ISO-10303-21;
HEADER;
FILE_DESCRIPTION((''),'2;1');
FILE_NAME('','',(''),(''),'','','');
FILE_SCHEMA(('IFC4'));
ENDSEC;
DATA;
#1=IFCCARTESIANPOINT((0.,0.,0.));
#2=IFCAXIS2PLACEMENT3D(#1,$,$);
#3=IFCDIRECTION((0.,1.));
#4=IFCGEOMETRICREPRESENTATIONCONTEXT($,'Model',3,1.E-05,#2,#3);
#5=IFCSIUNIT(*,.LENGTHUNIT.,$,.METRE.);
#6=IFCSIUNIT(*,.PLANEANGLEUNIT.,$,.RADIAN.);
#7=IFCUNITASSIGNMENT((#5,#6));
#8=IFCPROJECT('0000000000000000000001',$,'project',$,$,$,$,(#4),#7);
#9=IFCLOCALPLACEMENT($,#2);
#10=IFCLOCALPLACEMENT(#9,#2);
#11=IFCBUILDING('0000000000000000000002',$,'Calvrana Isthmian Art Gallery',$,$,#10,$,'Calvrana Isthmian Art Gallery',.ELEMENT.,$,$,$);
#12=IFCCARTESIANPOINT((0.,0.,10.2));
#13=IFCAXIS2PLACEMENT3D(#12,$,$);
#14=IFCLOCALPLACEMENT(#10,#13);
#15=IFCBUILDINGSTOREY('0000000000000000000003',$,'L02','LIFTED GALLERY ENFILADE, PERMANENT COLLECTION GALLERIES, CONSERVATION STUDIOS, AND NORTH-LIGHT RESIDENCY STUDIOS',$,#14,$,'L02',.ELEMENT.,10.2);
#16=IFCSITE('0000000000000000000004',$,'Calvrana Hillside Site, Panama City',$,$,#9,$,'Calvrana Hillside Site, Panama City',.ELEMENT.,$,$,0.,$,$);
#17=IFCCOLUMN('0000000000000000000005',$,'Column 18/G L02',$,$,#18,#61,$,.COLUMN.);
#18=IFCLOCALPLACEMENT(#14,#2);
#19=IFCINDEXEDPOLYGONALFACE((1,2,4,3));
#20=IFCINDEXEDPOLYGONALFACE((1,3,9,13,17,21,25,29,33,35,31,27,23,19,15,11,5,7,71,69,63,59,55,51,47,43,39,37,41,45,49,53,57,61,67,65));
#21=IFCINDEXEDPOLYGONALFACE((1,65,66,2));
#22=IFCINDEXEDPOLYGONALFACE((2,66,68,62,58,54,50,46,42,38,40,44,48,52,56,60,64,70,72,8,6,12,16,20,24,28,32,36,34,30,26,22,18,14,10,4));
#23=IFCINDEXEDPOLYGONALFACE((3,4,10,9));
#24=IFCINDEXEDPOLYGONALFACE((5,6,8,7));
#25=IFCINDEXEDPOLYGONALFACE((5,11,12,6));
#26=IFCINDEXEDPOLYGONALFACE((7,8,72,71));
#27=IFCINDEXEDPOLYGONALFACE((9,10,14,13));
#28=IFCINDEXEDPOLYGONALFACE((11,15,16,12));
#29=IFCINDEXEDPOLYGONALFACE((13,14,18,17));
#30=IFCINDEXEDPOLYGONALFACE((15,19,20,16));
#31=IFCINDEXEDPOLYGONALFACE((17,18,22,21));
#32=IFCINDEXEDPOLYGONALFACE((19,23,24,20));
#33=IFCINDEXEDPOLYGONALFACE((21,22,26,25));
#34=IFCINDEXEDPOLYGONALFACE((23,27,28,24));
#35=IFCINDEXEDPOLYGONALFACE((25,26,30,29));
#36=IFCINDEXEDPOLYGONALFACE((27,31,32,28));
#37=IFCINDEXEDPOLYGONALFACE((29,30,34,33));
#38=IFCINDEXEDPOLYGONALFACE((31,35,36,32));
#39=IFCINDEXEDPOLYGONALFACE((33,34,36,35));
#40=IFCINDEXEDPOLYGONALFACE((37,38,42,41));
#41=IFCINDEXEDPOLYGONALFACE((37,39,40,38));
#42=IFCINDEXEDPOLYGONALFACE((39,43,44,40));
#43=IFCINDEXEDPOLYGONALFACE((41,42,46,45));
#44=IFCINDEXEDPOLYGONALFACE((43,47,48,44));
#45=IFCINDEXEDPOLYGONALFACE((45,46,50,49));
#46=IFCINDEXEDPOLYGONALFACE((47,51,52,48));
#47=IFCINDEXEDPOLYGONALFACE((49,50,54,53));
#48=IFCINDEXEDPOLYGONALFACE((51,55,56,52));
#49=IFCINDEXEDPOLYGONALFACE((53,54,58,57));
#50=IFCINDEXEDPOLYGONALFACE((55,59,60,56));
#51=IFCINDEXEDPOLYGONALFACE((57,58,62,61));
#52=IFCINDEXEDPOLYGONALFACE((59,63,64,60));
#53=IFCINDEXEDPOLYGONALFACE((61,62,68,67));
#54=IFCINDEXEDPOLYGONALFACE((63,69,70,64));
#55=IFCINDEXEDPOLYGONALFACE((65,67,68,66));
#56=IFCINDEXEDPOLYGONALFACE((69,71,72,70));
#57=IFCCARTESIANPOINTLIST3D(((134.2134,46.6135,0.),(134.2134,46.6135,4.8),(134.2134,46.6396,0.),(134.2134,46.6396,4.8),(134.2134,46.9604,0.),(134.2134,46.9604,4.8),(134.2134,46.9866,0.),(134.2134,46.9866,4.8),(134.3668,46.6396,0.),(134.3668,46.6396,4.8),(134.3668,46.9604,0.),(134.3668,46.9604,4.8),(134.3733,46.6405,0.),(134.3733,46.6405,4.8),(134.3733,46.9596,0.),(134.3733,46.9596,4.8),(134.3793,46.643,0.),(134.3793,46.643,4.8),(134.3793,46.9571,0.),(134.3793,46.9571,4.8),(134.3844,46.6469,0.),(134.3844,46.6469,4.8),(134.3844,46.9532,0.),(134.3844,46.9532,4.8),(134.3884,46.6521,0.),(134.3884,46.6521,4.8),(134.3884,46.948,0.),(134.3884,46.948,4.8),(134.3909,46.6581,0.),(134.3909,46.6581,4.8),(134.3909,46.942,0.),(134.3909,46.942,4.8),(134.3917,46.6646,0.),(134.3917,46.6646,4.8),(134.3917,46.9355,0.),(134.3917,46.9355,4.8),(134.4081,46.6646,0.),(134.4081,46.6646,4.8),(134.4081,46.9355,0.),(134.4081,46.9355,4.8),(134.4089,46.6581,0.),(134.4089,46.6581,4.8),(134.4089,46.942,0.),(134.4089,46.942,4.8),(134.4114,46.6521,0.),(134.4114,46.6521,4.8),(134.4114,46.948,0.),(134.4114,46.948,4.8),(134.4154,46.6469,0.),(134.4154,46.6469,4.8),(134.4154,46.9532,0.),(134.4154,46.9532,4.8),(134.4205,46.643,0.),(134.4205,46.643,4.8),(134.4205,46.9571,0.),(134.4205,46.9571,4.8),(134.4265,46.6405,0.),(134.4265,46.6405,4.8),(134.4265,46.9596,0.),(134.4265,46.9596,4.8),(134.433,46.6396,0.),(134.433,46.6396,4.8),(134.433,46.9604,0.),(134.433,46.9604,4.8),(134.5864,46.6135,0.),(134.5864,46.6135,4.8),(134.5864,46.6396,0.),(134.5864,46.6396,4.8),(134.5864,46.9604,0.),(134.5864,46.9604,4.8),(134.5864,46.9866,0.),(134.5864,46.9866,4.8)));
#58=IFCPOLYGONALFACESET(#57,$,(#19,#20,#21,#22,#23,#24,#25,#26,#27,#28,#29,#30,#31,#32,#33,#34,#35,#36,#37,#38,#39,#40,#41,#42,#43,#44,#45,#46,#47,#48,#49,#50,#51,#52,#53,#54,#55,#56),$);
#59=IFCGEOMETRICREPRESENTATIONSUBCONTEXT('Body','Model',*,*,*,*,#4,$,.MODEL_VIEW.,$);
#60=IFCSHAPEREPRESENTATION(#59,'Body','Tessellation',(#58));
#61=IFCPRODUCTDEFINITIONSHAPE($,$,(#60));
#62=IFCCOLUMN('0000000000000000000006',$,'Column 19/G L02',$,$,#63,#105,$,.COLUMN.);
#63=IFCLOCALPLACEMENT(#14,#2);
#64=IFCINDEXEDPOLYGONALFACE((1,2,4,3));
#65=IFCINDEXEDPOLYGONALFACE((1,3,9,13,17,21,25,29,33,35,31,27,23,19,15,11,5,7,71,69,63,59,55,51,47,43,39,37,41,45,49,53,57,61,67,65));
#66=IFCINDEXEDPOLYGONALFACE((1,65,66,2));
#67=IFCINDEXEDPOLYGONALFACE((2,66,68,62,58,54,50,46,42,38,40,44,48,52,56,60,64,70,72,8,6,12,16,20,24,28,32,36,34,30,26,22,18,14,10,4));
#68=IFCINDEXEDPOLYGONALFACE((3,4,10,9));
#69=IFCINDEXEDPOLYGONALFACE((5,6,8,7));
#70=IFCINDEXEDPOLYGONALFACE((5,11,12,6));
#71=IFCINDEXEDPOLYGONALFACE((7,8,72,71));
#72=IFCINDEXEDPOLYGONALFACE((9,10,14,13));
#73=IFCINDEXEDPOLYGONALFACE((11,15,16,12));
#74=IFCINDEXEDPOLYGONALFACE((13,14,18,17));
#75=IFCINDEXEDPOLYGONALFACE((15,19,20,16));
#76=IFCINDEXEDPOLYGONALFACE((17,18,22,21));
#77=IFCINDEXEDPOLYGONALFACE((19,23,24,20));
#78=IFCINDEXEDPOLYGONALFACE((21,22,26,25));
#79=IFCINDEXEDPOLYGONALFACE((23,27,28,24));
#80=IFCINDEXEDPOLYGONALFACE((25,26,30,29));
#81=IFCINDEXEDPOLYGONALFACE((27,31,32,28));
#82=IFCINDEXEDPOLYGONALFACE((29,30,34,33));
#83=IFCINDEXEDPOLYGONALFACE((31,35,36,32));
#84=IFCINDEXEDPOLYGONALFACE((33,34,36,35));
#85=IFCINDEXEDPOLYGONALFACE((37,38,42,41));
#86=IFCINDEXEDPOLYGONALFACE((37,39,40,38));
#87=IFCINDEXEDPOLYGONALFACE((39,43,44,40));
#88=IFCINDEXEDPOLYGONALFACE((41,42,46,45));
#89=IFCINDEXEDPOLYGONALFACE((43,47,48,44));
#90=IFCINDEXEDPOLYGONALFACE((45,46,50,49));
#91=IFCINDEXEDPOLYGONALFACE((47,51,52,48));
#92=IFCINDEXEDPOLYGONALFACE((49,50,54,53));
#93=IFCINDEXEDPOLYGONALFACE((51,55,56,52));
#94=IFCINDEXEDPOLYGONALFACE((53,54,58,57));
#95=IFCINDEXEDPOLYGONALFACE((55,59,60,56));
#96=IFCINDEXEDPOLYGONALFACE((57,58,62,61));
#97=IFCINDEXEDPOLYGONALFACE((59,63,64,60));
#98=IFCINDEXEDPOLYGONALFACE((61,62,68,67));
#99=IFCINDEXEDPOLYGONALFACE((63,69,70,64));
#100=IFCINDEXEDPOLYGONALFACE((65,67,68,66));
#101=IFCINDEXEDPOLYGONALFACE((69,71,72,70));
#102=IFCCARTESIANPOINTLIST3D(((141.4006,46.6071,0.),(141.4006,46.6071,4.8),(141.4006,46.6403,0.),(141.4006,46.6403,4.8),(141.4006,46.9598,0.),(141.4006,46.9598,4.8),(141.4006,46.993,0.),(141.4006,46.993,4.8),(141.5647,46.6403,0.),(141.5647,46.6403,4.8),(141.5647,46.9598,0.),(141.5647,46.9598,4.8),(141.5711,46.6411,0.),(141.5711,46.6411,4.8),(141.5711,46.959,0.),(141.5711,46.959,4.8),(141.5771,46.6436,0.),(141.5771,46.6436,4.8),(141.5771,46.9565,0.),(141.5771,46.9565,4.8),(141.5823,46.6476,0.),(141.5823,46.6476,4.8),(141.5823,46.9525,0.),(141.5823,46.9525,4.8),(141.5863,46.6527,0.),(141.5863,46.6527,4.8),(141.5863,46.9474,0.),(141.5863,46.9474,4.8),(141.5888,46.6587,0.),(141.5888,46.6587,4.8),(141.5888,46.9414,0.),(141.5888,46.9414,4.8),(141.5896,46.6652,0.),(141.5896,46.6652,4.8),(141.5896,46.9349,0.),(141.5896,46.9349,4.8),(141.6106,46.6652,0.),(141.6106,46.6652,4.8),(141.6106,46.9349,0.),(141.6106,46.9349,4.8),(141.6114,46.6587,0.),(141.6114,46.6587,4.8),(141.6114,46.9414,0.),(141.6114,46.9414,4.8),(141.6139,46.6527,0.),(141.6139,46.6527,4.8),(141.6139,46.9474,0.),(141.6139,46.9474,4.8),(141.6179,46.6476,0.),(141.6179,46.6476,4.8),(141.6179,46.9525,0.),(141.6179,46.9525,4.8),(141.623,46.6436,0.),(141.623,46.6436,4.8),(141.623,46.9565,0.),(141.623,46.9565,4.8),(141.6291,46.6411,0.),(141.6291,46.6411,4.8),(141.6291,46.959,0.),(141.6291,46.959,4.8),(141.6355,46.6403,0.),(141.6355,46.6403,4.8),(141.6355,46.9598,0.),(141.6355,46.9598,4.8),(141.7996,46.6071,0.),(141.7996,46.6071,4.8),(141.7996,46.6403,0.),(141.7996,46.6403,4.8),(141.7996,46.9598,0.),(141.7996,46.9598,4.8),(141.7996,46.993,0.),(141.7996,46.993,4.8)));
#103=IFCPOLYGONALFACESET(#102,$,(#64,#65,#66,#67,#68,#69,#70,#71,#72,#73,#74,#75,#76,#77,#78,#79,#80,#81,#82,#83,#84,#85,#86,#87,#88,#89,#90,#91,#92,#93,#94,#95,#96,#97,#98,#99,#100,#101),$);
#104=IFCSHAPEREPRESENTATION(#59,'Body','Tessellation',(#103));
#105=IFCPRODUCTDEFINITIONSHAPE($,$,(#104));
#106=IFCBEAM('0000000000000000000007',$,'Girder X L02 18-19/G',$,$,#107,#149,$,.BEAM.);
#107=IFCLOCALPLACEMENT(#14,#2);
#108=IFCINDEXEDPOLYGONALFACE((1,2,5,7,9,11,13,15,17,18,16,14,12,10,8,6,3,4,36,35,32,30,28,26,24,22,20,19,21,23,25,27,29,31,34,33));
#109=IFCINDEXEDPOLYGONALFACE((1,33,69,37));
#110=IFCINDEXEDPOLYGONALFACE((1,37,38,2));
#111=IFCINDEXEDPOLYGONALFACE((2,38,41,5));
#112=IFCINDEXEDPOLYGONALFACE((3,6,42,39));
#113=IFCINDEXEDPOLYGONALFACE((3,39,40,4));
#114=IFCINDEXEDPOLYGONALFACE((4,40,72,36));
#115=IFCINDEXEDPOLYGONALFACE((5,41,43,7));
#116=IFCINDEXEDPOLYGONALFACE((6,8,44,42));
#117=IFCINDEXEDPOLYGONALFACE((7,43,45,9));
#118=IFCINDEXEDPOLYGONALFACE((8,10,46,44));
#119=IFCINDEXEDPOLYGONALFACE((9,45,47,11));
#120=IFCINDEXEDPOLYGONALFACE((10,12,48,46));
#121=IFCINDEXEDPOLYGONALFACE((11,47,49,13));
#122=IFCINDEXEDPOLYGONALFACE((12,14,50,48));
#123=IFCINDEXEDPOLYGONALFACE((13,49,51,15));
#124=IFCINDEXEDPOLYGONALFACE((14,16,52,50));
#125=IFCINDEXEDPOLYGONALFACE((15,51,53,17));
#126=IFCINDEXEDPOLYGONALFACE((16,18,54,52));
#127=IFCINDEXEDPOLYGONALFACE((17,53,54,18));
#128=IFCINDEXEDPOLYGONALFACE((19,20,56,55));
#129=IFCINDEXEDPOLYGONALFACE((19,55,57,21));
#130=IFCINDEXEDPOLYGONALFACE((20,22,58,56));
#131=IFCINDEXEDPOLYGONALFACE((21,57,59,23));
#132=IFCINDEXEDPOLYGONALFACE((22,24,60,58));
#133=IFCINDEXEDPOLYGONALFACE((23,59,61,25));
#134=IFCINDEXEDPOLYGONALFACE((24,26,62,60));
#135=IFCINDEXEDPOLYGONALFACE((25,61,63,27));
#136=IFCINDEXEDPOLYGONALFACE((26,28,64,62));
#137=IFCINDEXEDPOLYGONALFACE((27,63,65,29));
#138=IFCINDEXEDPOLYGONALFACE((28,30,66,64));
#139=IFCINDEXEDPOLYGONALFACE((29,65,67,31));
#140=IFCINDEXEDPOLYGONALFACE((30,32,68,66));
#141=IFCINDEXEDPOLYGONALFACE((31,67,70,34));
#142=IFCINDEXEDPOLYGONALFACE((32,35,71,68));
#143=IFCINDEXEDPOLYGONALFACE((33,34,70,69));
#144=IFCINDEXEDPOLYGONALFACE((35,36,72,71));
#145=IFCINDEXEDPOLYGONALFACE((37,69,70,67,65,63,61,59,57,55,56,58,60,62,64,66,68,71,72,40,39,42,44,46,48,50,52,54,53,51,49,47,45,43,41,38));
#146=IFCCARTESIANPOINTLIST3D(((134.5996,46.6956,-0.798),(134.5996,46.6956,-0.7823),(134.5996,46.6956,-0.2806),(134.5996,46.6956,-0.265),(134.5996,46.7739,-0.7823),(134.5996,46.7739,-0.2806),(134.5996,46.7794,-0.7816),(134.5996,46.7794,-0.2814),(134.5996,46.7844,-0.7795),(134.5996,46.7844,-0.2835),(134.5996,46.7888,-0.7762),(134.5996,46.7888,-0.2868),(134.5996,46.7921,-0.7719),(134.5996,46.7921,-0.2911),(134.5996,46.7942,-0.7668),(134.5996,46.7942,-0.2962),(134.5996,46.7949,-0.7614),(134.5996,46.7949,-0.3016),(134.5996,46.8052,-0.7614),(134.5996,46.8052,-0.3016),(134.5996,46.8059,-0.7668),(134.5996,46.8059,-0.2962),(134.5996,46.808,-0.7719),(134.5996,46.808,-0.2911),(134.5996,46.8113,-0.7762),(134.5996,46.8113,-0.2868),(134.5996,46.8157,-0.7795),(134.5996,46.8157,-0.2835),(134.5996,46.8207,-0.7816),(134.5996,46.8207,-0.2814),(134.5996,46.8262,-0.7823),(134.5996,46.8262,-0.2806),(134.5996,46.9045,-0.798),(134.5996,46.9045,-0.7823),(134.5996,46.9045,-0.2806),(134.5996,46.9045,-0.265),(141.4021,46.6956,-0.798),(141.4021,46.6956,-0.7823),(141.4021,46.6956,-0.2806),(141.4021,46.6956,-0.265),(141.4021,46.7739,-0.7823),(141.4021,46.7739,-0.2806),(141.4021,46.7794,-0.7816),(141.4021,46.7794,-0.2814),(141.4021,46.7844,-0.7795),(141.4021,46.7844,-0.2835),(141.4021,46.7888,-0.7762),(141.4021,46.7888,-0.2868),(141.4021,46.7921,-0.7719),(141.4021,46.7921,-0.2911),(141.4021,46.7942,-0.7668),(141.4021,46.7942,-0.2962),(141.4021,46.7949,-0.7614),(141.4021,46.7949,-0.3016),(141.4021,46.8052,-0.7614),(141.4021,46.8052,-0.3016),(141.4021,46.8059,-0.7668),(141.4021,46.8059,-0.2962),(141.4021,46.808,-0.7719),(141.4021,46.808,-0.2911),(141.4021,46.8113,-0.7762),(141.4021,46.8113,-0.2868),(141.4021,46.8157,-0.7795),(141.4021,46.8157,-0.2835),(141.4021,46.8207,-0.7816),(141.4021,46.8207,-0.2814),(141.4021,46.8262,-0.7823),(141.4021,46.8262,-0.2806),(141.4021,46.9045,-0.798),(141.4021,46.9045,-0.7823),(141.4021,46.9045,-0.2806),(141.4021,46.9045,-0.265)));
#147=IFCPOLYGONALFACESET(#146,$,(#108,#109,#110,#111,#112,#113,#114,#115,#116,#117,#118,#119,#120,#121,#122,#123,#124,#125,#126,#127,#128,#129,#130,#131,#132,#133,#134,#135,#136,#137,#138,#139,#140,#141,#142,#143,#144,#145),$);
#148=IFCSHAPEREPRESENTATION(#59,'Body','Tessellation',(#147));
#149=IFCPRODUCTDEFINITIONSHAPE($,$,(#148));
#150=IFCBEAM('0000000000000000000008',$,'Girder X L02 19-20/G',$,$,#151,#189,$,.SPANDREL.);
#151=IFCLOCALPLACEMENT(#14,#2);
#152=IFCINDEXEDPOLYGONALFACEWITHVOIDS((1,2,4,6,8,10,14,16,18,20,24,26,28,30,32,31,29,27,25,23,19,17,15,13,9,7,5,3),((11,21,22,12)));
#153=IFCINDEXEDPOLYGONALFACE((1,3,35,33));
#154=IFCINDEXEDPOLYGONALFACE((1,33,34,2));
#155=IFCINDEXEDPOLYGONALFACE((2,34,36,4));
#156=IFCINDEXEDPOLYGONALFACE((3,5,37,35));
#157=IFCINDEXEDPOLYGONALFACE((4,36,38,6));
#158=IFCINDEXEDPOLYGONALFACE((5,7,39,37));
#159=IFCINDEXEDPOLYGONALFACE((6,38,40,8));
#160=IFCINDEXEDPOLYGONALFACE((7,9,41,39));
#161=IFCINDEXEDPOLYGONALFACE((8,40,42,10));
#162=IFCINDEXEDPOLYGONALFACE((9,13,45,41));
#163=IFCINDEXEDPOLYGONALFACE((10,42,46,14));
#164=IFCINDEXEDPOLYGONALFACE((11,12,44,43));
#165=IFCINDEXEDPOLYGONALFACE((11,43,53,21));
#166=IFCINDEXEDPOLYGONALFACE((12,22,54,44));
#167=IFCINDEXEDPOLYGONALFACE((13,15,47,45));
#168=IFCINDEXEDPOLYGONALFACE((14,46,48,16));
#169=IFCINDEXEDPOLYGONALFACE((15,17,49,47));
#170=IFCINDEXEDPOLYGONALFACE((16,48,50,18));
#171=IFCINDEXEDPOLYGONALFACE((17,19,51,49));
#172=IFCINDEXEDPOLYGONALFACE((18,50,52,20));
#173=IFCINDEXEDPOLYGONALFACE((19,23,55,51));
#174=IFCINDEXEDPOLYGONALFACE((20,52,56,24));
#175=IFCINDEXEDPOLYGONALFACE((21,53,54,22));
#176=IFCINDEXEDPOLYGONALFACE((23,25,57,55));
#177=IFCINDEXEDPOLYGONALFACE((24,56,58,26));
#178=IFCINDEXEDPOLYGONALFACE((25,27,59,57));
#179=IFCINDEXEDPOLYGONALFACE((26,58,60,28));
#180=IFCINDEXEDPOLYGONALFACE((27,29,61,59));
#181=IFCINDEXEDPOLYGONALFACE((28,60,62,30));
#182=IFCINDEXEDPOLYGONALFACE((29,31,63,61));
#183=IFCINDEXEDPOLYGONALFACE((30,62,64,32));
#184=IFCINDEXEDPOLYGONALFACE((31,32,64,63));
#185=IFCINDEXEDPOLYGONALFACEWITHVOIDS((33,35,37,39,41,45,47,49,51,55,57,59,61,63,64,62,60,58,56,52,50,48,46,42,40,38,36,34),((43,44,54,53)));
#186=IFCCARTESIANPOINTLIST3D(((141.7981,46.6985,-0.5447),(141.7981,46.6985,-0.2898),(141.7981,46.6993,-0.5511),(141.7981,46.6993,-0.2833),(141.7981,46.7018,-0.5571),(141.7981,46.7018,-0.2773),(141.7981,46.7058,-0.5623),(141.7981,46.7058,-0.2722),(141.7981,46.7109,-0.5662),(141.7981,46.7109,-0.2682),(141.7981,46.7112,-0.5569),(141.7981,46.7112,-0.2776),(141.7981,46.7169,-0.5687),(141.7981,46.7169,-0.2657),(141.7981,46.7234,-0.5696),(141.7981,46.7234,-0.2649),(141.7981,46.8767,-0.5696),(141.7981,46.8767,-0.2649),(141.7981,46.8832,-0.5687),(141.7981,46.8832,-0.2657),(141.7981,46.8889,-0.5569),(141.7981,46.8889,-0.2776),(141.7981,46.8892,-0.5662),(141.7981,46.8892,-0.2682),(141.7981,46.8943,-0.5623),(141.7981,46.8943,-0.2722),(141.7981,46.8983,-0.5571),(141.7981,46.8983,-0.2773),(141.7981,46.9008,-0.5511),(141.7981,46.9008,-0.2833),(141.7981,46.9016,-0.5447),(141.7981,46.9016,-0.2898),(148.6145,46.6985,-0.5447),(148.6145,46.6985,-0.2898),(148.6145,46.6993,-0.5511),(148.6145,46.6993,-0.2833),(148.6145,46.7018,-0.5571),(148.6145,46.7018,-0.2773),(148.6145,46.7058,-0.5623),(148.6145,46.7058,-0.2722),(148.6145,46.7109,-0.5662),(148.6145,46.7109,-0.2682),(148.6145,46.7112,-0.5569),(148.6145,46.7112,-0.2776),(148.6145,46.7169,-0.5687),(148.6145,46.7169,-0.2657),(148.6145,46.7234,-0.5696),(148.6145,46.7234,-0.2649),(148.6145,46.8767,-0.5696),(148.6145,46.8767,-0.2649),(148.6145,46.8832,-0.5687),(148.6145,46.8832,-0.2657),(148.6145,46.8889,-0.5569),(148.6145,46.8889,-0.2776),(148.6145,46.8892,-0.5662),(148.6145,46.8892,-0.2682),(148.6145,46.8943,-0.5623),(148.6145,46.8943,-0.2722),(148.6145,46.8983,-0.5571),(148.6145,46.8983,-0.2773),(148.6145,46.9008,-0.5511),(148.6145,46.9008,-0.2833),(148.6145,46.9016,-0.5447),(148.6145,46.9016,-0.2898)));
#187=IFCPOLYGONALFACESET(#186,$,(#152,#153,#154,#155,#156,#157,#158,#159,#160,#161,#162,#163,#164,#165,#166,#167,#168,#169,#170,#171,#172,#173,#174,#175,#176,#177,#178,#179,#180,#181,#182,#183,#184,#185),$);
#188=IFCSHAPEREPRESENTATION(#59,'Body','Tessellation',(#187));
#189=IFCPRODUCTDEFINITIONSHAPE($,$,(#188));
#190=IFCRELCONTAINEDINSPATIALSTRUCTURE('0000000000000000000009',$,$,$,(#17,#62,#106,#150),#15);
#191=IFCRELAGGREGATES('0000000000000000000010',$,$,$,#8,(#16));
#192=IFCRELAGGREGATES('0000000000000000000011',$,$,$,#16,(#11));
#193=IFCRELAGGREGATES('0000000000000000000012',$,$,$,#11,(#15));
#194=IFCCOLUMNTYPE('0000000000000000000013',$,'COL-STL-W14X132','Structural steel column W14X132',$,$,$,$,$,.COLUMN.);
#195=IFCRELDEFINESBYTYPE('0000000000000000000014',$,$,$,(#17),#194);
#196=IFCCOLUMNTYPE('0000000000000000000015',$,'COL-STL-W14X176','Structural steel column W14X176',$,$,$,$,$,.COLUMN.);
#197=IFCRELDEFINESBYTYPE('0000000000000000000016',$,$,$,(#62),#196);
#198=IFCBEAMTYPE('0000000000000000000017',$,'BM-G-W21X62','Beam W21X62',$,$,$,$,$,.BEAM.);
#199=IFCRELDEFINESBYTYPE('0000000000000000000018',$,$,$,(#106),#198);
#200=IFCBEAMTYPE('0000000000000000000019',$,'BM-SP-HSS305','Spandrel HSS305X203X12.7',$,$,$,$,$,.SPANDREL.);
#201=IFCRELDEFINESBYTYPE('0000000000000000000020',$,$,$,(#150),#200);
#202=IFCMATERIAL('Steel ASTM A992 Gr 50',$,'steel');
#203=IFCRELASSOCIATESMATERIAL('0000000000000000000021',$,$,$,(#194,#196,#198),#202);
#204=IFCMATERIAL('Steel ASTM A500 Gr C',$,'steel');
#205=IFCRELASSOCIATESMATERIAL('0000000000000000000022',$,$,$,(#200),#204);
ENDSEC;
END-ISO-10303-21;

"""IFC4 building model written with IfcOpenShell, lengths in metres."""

from ifc_helpers import new_model, si_unit, direction, frame, origin, origin_2d, place, context, subcontext, project, spatial, hollow_rectangle, i_section, extrude, material, material_profile, profile_set, type_object, element, save


model = new_model("IFC4")

# Units and contexts
model_context = context("Model", 3, precision=1e-05, world=origin(), true_north=direction((0.0, 1.0)))
body_context = subcontext(model_context, "Body", "Model", "MODEL_VIEW")
ifc_project = project(units=[si_unit("LENGTHUNIT", "METRE"), si_unit("PLANEANGLEUNIT", "RADIAN")], contexts=[model_context])

# Site, building, storey
site_placement = place(None, origin())
site = spatial("IfcSite", under=ifc_project, at=site_placement, Name="Calvrana Hillside Site, Panama City", LongName="Calvrana Hillside Site, Panama City", CompositionType="ELEMENT", RefElevation=0.0)
building_placement = place(site_placement, origin())
building = spatial("IfcBuilding", under=site, at=building_placement, Name="Calvrana Isthmian Art Gallery", LongName="Calvrana Isthmian Art Gallery", CompositionType="ELEMENT")
storey_placement = place(building_placement, frame((0.0, 0.0, 10.2)))
storey = spatial("IfcBuildingStorey", under=building, at=storey_placement, Name="L02", Description="LIFTED GALLERY ENFILADE, PERMANENT COLLECTION GALLERIES, CONSERVATION STUDIOS, AND NORTH-LIGHT RESIDENCY STUDIOS", LongName="L02", CompositionType="ELEMENT", Elevation=10.2)

# Columns
ifc_material_1 = material(Name="Steel ASTM A992 Gr 50", Category="steel")
ifc_material_profile_1 = material_profile(ifc_material_1, i_section(OverallWidth=0.373, OverallDepth=0.373, WebThickness=0.0164, FlangeThickness=0.0261, FilletRadius=0.0249, at=origin_2d()), Name="W14X132")
ifc_profile_set_1 = profile_set([ifc_material_profile_1], Name="Steel ASTM A992 Gr 50")
column_type_1 = type_object("IfcColumnType", Name="COL-STL-W14X132", Description="Structural steel column W14X132", PredefinedType="COLUMN", material=ifc_profile_set_1)
column_1_placement = place(storey_placement, frame((134.3999, 46.8, 0.0), z_axis=(0.0, 0.0, 1.0), x_axis=(1.0, 0.0, 0.0)))
element("IfcColumn", 1, at=column_1_placement, inside=storey, type_object=column_type_1, Name="Column 18/G L02", PredefinedType="COLUMN", context=body_context, shape_type="SweptSolid", body=[
    extrude(i_section(OverallWidth=0.373, OverallDepth=0.373, WebThickness=0.0164, FlangeThickness=0.0261, FilletRadius=0.0249, at=origin_2d()), origin(), (0.0, 0.0, 1.0), 4.8),
])
ifc_material_profile_2 = material_profile(ifc_material_1, i_section(OverallWidth=0.3989, OverallDepth=0.386, WebThickness=0.021, FlangeThickness=0.0332, FilletRadius=0.0249, at=origin_2d()), Name="W14X176")
ifc_profile_set_2 = profile_set([ifc_material_profile_2], Name="Steel ASTM A992 Gr 50")
column_type_2 = type_object("IfcColumnType", Name="COL-STL-W14X176", Description="Structural steel column W14X176", PredefinedType="COLUMN", material=ifc_profile_set_2)
column_2_placement = place(storey_placement, frame((141.6001, 46.8, 0.0), z_axis=(0.0, 0.0, 1.0), x_axis=(1.0, 0.0, 0.0)))
element("IfcColumn", 2, at=column_2_placement, inside=storey, type_object=column_type_2, Name="Column 19/G L02", PredefinedType="COLUMN", context=body_context, shape_type="SweptSolid", body=[
    extrude(i_section(OverallWidth=0.3989, OverallDepth=0.386, WebThickness=0.021, FlangeThickness=0.0332, FilletRadius=0.0249, at=origin_2d()), origin(), (0.0, 0.0, 1.0), 4.8),
])

# Beams
ifc_material_profile_3 = material_profile(ifc_material_1, i_section(OverallWidth=0.209, OverallDepth=0.533, WebThickness=0.0103, FlangeThickness=0.0156, FilletRadius=0.021, at=origin_2d()), Name="W21X62")
ifc_profile_set_3 = profile_set([ifc_material_profile_3], Name="Steel ASTM A992 Gr 50")
beam_type_1 = type_object("IfcBeamType", Name="BM-G-W21X62", Description="Beam W21X62", PredefinedType="BEAM", material=ifc_profile_set_3)
beam_1_placement = place(storey_placement, frame((134.5996, 46.8, -0.5315), z_axis=(1.0, 0.0, 0.0), x_axis=(0.0, 1.0, 0.0)))
element("IfcBeam", 3, at=beam_1_placement, inside=storey, type_object=beam_type_1, Name="Girder X L02 18-19/G", PredefinedType="BEAM", context=body_context, shape_type="SweptSolid", body=[
    extrude(i_section(OverallWidth=0.209, OverallDepth=0.533, WebThickness=0.0103, FlangeThickness=0.0156, FilletRadius=0.021, at=origin_2d()), origin(), (0.0, 0.0, 1.0), 6.8025),
])
ifc_material_2 = material(Name="Steel ASTM A500 Gr C", Category="steel")
ifc_material_profile_4 = material_profile(ifc_material_2, hollow_rectangle(XDim=0.2031, YDim=0.3047, WallThickness=0.0127, OuterFilletRadius=0.0249, at=origin_2d()), Name="HSS305X203X12.7")
ifc_profile_set_4 = profile_set([ifc_material_profile_4], Name="Steel ASTM A500 Gr C")
beam_type_2 = type_object("IfcBeamType", Name="BM-SP-HSS305", Description="Spandrel HSS305X203X12.7", PredefinedType="SPANDREL", material=ifc_profile_set_4)
beam_2_placement = place(storey_placement, frame((141.7981, 46.8, -0.4172), z_axis=(1.0, 0.0, 0.0), x_axis=(0.0, 1.0, 0.0)))
element("IfcBeam", 4, at=beam_2_placement, inside=storey, type_object=beam_type_2, Name="Girder X L02 19-20/G", PredefinedType="SPANDREL", context=body_context, shape_type="SweptSolid", body=[
    extrude(hollow_rectangle(XDim=0.2031, YDim=0.3047, WallThickness=0.0127, OuterFilletRadius=0.0249, at=origin_2d()), origin(), (0.0, 0.0, 1.0), 6.8164),
])

save(model, "model.ifc")
